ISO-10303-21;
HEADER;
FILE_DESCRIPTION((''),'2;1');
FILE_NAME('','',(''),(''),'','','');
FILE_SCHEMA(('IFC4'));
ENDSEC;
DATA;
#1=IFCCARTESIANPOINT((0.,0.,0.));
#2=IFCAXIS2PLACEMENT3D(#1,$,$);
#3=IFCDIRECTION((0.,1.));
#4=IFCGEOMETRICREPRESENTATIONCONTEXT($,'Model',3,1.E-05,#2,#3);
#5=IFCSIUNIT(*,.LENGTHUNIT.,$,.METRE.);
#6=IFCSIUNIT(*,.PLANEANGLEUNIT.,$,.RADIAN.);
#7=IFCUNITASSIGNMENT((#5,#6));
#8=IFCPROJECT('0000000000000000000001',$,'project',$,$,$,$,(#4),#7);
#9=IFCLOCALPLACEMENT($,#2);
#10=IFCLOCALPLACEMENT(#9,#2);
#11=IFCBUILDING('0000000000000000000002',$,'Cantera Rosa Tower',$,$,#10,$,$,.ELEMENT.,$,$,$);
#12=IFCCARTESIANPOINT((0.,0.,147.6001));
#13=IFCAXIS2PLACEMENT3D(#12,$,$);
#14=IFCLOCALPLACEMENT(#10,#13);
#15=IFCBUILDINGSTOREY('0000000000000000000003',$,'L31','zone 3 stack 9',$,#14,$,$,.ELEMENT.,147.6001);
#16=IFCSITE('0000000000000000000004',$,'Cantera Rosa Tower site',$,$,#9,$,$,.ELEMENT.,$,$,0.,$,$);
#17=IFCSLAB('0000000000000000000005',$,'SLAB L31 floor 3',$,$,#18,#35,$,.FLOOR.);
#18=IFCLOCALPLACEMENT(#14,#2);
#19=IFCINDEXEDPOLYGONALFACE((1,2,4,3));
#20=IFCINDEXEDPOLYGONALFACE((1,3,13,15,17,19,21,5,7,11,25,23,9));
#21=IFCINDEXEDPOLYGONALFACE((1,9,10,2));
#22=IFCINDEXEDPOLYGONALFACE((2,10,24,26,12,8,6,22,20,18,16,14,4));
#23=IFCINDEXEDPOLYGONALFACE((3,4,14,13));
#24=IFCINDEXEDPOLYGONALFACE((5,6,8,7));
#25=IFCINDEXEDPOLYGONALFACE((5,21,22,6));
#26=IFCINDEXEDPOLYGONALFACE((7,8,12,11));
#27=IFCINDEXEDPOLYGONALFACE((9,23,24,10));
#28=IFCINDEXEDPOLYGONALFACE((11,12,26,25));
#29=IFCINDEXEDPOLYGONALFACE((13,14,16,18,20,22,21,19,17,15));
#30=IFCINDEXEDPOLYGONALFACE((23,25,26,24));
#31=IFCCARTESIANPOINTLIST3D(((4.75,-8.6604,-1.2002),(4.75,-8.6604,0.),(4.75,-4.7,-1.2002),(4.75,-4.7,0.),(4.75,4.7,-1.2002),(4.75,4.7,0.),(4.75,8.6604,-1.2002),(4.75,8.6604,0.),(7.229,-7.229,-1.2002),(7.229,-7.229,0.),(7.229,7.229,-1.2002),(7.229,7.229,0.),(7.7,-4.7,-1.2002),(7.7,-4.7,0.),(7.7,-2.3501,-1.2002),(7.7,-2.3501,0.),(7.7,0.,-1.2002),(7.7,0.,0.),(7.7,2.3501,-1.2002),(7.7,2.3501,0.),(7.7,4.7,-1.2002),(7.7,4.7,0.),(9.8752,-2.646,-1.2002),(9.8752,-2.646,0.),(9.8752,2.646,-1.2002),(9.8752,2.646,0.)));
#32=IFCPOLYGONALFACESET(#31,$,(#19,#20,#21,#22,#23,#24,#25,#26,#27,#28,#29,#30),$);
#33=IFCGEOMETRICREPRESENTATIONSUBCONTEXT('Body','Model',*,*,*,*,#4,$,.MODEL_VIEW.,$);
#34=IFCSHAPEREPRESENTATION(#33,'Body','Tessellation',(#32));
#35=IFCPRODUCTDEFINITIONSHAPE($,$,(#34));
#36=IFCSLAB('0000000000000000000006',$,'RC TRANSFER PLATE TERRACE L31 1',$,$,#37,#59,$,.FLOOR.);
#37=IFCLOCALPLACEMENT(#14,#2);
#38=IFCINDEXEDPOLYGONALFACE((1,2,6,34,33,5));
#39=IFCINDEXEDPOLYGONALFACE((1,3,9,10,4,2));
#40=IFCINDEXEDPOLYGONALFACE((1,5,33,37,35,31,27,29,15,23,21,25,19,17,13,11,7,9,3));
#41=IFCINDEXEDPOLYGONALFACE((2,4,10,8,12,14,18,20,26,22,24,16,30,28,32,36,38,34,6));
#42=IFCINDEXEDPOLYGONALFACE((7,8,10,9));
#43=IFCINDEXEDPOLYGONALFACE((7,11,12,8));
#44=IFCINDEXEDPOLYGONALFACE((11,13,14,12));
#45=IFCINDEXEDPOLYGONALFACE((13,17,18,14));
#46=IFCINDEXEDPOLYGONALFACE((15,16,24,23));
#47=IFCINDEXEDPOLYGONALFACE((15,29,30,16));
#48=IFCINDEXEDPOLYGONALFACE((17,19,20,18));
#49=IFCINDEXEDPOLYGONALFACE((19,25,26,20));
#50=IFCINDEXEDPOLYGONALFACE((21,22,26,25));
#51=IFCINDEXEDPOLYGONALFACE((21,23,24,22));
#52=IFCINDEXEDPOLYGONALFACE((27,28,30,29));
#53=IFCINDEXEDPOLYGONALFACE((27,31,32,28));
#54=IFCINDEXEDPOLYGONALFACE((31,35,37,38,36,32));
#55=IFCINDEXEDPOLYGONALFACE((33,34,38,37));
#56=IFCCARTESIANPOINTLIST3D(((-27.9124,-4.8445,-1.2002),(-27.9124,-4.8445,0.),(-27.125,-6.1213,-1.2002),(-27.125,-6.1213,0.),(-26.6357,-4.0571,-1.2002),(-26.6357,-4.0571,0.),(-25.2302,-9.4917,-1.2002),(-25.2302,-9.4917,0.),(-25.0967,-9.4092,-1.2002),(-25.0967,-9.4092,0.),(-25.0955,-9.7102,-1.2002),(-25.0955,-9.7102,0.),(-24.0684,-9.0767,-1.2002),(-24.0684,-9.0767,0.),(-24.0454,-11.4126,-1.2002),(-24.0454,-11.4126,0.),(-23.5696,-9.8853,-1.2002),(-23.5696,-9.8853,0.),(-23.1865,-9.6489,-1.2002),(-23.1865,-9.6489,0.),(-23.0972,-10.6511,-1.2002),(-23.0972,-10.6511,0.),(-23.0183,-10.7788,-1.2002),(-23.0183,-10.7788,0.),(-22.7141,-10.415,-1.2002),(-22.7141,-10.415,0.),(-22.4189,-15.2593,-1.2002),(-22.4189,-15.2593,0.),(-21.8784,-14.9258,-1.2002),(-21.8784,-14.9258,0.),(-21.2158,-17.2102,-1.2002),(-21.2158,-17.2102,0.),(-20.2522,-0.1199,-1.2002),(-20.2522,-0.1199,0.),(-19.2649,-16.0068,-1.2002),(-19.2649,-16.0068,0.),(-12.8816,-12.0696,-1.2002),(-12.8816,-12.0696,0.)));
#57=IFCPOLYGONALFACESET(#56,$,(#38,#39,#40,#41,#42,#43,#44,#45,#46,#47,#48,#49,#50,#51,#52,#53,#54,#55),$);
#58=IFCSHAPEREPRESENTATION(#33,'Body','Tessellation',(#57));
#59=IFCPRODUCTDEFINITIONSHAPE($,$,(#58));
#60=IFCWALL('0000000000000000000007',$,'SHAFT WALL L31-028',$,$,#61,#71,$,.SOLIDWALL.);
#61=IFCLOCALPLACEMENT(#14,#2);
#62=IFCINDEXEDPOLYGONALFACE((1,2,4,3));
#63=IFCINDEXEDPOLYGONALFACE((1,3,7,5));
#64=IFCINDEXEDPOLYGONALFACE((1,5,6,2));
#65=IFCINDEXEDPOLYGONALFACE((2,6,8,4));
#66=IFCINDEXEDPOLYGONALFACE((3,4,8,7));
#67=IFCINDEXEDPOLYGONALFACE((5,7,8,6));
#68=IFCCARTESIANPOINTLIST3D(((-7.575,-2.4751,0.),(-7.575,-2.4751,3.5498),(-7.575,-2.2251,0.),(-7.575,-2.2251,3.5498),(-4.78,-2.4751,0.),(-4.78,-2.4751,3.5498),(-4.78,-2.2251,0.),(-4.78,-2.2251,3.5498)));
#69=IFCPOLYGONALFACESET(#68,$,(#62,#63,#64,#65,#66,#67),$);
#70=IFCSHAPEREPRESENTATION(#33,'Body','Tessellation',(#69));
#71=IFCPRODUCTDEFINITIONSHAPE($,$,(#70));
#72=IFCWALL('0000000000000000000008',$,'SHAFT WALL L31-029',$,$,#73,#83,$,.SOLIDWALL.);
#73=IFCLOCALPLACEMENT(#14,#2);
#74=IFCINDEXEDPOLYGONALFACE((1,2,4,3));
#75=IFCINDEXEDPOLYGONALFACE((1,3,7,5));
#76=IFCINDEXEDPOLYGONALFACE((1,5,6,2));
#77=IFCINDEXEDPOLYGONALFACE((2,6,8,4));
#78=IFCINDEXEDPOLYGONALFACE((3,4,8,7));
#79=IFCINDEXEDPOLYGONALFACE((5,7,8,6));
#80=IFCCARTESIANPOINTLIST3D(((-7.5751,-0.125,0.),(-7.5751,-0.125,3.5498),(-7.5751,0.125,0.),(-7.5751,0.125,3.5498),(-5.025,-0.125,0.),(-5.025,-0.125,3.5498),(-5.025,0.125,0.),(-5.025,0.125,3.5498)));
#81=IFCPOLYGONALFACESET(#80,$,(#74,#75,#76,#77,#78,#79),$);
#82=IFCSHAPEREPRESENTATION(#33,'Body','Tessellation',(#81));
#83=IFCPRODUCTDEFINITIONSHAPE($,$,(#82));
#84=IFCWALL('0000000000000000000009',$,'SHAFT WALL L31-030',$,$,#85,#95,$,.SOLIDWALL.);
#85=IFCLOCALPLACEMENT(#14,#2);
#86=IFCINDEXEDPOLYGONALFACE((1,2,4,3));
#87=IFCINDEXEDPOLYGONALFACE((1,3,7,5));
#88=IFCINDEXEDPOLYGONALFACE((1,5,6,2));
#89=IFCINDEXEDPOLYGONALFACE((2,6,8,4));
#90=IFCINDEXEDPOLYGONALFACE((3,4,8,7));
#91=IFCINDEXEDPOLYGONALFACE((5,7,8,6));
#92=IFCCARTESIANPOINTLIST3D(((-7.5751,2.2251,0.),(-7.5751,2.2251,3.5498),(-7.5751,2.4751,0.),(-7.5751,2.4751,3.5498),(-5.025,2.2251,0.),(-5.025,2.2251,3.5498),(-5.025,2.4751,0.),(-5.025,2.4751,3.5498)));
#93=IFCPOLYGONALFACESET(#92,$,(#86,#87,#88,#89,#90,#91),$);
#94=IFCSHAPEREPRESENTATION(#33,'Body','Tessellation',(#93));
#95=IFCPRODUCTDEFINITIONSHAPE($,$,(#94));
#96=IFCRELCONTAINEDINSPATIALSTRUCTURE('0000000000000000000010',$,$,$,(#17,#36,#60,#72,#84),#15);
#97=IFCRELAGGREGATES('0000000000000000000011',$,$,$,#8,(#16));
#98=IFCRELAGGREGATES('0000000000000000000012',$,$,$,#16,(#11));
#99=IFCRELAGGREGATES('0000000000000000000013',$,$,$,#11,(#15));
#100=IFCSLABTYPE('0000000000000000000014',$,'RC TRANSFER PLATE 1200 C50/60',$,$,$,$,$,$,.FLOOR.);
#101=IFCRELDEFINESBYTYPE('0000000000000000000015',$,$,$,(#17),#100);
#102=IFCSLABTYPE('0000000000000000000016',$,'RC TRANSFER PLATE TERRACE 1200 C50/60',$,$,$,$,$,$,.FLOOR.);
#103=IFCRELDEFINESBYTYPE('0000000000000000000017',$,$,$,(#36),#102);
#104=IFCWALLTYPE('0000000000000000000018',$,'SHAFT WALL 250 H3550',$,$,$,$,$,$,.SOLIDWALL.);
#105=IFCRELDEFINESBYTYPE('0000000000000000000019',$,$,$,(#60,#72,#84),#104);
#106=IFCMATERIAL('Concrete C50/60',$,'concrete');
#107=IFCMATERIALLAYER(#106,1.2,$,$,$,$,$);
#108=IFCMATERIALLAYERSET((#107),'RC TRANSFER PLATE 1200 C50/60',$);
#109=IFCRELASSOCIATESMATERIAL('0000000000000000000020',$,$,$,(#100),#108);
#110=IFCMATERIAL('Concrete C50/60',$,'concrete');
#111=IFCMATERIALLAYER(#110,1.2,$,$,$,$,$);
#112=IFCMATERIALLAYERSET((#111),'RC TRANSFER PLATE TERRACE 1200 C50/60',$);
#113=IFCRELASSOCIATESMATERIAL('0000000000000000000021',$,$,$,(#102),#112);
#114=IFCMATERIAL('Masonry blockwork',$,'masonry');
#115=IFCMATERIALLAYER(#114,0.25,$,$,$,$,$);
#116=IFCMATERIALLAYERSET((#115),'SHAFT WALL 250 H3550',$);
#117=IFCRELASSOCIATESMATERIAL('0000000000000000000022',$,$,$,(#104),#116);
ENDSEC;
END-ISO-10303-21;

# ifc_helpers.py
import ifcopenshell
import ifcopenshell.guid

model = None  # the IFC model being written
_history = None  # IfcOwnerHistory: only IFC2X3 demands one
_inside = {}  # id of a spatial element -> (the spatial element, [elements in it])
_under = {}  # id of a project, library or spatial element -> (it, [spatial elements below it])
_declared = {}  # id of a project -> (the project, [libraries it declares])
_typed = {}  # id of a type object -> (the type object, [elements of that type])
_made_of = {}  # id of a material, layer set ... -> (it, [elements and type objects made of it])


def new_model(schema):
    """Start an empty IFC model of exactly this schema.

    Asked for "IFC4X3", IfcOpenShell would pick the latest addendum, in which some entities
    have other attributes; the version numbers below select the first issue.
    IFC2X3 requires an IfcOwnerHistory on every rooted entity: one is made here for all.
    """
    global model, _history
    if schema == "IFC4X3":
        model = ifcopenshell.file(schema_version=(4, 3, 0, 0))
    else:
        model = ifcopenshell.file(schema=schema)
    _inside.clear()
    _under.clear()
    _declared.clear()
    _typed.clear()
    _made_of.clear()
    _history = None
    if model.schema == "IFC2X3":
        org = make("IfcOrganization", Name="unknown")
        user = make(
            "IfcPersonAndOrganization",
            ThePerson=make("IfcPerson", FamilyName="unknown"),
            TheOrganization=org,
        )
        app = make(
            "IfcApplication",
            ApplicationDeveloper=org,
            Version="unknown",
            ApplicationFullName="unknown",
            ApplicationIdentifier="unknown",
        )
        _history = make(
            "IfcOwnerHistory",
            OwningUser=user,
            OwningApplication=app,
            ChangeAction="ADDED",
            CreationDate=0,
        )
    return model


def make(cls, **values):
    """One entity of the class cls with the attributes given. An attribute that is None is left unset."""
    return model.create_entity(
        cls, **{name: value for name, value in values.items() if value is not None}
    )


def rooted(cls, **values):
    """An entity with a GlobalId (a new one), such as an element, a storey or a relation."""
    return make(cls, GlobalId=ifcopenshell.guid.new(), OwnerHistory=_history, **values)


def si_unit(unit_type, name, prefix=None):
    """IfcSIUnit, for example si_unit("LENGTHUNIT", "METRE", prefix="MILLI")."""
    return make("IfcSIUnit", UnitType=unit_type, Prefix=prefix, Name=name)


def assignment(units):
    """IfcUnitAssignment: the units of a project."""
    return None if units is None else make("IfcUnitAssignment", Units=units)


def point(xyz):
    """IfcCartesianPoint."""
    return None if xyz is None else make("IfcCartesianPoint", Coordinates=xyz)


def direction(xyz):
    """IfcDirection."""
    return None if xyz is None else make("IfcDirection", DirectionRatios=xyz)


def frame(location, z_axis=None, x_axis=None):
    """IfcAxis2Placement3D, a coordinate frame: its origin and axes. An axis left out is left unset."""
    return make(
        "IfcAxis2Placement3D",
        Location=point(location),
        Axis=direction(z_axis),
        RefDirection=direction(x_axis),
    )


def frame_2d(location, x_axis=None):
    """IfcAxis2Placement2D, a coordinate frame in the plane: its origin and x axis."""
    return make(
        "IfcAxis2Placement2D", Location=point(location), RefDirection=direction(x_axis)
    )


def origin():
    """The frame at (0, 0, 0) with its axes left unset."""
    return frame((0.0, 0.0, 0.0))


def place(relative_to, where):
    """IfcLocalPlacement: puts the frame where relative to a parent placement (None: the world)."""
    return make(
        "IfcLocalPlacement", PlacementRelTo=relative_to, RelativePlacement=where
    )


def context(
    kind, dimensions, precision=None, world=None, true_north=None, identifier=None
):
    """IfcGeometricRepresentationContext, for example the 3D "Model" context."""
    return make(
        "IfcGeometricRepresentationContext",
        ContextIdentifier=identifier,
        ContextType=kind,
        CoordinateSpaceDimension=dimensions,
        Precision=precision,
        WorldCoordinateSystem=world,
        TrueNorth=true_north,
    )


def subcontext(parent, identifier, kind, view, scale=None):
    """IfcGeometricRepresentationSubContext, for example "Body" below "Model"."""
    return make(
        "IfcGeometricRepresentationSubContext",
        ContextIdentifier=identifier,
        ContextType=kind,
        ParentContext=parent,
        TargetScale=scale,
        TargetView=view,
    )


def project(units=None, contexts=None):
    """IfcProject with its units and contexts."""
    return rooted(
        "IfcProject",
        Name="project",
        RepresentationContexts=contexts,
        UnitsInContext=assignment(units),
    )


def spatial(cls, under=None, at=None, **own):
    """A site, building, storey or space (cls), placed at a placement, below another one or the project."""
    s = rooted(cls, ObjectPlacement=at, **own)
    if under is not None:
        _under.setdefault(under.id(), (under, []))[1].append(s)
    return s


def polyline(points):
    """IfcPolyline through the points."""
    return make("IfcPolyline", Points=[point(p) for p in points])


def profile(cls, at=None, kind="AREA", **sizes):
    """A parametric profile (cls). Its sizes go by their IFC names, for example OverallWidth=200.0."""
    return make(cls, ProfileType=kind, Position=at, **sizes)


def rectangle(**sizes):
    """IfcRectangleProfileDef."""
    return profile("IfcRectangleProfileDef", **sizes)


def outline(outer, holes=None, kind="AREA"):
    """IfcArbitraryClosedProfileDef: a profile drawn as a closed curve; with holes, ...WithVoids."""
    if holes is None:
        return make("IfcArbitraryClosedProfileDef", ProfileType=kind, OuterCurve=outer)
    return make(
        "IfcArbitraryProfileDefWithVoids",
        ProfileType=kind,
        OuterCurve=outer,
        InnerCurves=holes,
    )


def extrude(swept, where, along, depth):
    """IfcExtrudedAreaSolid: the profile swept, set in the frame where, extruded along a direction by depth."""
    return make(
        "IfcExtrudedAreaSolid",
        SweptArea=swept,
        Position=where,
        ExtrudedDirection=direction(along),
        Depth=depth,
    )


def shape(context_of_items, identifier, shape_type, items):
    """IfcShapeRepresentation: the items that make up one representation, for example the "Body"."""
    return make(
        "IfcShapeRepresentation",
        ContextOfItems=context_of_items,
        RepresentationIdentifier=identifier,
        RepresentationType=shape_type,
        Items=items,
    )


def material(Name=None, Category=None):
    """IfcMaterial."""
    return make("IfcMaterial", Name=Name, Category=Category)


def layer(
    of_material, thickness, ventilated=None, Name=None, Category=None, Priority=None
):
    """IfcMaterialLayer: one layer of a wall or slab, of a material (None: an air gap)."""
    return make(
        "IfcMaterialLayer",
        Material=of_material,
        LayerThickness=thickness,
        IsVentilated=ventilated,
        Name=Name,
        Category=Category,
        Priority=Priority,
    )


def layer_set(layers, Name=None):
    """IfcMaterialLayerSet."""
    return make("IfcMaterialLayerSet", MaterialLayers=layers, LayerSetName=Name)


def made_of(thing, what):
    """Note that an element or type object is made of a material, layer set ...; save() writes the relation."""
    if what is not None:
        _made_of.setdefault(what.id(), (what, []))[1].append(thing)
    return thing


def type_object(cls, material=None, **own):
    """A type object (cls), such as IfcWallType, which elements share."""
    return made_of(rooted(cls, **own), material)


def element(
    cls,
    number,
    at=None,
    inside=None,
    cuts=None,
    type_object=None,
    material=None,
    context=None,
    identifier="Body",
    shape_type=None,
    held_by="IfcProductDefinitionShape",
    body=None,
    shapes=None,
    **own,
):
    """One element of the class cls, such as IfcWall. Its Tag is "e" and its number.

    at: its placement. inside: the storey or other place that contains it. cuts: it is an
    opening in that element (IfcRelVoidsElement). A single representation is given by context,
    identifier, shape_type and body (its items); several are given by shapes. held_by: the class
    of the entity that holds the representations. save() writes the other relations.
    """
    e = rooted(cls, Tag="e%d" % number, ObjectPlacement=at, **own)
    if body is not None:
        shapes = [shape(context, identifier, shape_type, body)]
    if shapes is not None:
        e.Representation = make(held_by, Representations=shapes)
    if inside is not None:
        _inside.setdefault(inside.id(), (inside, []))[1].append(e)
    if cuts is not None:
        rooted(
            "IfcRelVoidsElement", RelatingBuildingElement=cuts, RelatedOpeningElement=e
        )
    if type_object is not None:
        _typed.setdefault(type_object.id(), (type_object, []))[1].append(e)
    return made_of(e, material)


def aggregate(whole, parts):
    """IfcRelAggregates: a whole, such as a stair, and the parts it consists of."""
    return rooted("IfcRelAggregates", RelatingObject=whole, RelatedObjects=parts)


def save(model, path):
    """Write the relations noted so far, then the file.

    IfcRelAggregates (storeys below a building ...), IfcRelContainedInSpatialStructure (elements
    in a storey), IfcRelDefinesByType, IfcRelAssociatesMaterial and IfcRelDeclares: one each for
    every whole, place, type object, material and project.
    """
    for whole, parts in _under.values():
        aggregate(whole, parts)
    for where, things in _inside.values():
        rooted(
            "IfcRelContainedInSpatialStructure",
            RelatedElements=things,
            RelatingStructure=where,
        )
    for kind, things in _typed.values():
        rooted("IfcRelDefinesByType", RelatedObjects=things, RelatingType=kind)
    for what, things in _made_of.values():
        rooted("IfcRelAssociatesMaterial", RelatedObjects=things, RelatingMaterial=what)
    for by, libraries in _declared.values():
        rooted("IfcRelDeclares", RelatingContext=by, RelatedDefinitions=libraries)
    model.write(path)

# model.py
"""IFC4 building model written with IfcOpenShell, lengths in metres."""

from ifc_helpers import new_model, si_unit, direction, frame, frame_2d, origin, place, context, subcontext, project, spatial, polyline, rectangle, outline, extrude, material, layer, layer_set, type_object, element, save


model = new_model("IFC4")

# Units and contexts
model_context = context("Model", 3, precision=1e-05, world=origin(), true_north=direction((0.0, 1.0)))
body_context = subcontext(model_context, "Body", "Model", "MODEL_VIEW")
ifc_project = project(units=[si_unit("LENGTHUNIT", "METRE"), si_unit("PLANEANGLEUNIT", "RADIAN")], contexts=[model_context])

# Site, building, storey
site_placement = place(None, origin())
site = spatial("IfcSite", under=ifc_project, at=site_placement, Name="Cantera Rosa Tower site", CompositionType="ELEMENT", RefElevation=0.0)
building_placement = place(site_placement, origin())
building = spatial("IfcBuilding", under=site, at=building_placement, Name="Cantera Rosa Tower", CompositionType="ELEMENT")
storey_placement = place(building_placement, frame((0.0, 0.0, 147.6001)))
storey = spatial("IfcBuildingStorey", under=building, at=storey_placement, Name="L31", Description="zone 3 stack 9", CompositionType="ELEMENT", Elevation=147.6001)

# Slabs
ifc_material_1 = material(Name="Concrete C50/60", Category="concrete")
ifc_layer_1 = layer(ifc_material_1, 1.2)
ifc_layer_set_1 = layer_set([ifc_layer_1], Name="RC TRANSFER PLATE 1200 C50/60")
slab_type_1 = type_object("IfcSlabType", Name="RC TRANSFER PLATE 1200 C50/60", PredefinedType="FLOOR", material=ifc_layer_set_1)
slab_1_placement = place(storey_placement, frame((0.0, 0.0, -1.2002)))
element("IfcSlab", 1, at=slab_1_placement, inside=storey, type_object=slab_type_1, Name="SLAB L31 floor 3", PredefinedType="FLOOR", context=body_context, shape_type="SweptSolid", body=[
    extrude(outline(polyline([(7.7, 0.0), (7.7, 2.3501), (7.7, 4.7), (4.75, 4.7), (4.75, 8.6604), (7.229, 7.229), (9.8752, 2.646), (9.8752, -2.646), (7.229, -7.229), (4.75, -8.6604), (4.75, -4.7), (7.7, -4.7), (7.7, -2.3501), (7.7, 0.0)])), origin(), (0.0, 0.0, 1.0), 1.2002),
])
ifc_material_2 = material(Name="Concrete C50/60", Category="concrete")
ifc_layer_2 = layer(ifc_material_2, 1.2)
ifc_layer_set_2 = layer_set([ifc_layer_2], Name="RC TRANSFER PLATE TERRACE 1200 C50/60")
slab_type_2 = type_object("IfcSlabType", Name="RC TRANSFER PLATE TERRACE 1200 C50/60", PredefinedType="FLOOR", material=ifc_layer_set_2)
slab_2_placement = place(storey_placement, frame((0.0, 0.0, -1.2002)))
element("IfcSlab", 2, at=slab_2_placement, inside=storey, type_object=slab_type_2, Name="RC TRANSFER PLATE TERRACE L31 1", PredefinedType="FLOOR", context=body_context, shape_type="SweptSolid", body=[
    extrude(outline(polyline([(-22.7141, -10.415), (-23.1865, -9.6489), (-23.5696, -9.8853), (-24.0684, -9.0767), (-25.0955, -9.7102), (-25.2302, -9.4917), (-25.0967, -9.4092), (-27.125, -6.1213), (-27.9124, -4.8445), (-26.6357, -4.0571), (-20.2522, -0.1199), (-12.8816, -12.0696), (-19.2649, -16.0068), (-21.2158, -17.2102), (-22.4189, -15.2593), (-21.8784, -14.9258), (-24.0454, -11.4126), (-23.0183, -10.7788), (-23.0972, -10.6511), (-22.7141, -10.415)])), origin(), (0.0, 0.0, 1.0), 1.2002),
])

# Walls
ifc_material_3 = material(Name="Masonry blockwork", Category="masonry")
ifc_layer_3 = layer(ifc_material_3, 0.25)
ifc_layer_set_3 = layer_set([ifc_layer_3], Name="SHAFT WALL 250 H3550")
wall_type = type_object("IfcWallType", Name="SHAFT WALL 250 H3550", PredefinedType="SOLIDWALL", material=ifc_layer_set_3)
wall_placement = place(storey_placement, frame((-7.575, -2.3501, 0.0), z_axis=(0.0, 0.0, 1.0), x_axis=(1.0, 0.0, 0.0)))
element("IfcWall", 3, at=wall_placement, inside=storey, type_object=wall_type, Name="SHAFT WALL L31-028", PredefinedType="SOLIDWALL", context=body_context, shape_type="SweptSolid", body=[
    extrude(rectangle(XDim=2.7949, YDim=0.25, at=frame_2d((1.3975, 0.0))), origin(), (0.0, 0.0, 1.0), 3.5498),
])
for number, where, z_axis, x_axis, name in (
    (4, (-7.575, 0.0, 0.0), (0.0, 0.0, 1.0), (1.0, 0.0, 0.0), "SHAFT WALL L31-029"),
    (5, (-7.575, 2.3501, 0.0), (0.0, 0.0, 1.0), (1.0, 0.0, 0.0), "SHAFT WALL L31-030"),
):
    element("IfcWall", number, at=place(storey_placement, frame(where, z_axis=z_axis, x_axis=x_axis)), inside=storey, type_object=wall_type, Name=name, PredefinedType="SOLIDWALL", context=body_context, shape_type="SweptSolid", body=[
        extrude(rectangle(XDim=2.55, YDim=0.25, at=frame_2d((1.2749, 0.0))), origin(), (0.0, 0.0, 1.0), 3.5498),
    ])

save(model, "model.ifc")
